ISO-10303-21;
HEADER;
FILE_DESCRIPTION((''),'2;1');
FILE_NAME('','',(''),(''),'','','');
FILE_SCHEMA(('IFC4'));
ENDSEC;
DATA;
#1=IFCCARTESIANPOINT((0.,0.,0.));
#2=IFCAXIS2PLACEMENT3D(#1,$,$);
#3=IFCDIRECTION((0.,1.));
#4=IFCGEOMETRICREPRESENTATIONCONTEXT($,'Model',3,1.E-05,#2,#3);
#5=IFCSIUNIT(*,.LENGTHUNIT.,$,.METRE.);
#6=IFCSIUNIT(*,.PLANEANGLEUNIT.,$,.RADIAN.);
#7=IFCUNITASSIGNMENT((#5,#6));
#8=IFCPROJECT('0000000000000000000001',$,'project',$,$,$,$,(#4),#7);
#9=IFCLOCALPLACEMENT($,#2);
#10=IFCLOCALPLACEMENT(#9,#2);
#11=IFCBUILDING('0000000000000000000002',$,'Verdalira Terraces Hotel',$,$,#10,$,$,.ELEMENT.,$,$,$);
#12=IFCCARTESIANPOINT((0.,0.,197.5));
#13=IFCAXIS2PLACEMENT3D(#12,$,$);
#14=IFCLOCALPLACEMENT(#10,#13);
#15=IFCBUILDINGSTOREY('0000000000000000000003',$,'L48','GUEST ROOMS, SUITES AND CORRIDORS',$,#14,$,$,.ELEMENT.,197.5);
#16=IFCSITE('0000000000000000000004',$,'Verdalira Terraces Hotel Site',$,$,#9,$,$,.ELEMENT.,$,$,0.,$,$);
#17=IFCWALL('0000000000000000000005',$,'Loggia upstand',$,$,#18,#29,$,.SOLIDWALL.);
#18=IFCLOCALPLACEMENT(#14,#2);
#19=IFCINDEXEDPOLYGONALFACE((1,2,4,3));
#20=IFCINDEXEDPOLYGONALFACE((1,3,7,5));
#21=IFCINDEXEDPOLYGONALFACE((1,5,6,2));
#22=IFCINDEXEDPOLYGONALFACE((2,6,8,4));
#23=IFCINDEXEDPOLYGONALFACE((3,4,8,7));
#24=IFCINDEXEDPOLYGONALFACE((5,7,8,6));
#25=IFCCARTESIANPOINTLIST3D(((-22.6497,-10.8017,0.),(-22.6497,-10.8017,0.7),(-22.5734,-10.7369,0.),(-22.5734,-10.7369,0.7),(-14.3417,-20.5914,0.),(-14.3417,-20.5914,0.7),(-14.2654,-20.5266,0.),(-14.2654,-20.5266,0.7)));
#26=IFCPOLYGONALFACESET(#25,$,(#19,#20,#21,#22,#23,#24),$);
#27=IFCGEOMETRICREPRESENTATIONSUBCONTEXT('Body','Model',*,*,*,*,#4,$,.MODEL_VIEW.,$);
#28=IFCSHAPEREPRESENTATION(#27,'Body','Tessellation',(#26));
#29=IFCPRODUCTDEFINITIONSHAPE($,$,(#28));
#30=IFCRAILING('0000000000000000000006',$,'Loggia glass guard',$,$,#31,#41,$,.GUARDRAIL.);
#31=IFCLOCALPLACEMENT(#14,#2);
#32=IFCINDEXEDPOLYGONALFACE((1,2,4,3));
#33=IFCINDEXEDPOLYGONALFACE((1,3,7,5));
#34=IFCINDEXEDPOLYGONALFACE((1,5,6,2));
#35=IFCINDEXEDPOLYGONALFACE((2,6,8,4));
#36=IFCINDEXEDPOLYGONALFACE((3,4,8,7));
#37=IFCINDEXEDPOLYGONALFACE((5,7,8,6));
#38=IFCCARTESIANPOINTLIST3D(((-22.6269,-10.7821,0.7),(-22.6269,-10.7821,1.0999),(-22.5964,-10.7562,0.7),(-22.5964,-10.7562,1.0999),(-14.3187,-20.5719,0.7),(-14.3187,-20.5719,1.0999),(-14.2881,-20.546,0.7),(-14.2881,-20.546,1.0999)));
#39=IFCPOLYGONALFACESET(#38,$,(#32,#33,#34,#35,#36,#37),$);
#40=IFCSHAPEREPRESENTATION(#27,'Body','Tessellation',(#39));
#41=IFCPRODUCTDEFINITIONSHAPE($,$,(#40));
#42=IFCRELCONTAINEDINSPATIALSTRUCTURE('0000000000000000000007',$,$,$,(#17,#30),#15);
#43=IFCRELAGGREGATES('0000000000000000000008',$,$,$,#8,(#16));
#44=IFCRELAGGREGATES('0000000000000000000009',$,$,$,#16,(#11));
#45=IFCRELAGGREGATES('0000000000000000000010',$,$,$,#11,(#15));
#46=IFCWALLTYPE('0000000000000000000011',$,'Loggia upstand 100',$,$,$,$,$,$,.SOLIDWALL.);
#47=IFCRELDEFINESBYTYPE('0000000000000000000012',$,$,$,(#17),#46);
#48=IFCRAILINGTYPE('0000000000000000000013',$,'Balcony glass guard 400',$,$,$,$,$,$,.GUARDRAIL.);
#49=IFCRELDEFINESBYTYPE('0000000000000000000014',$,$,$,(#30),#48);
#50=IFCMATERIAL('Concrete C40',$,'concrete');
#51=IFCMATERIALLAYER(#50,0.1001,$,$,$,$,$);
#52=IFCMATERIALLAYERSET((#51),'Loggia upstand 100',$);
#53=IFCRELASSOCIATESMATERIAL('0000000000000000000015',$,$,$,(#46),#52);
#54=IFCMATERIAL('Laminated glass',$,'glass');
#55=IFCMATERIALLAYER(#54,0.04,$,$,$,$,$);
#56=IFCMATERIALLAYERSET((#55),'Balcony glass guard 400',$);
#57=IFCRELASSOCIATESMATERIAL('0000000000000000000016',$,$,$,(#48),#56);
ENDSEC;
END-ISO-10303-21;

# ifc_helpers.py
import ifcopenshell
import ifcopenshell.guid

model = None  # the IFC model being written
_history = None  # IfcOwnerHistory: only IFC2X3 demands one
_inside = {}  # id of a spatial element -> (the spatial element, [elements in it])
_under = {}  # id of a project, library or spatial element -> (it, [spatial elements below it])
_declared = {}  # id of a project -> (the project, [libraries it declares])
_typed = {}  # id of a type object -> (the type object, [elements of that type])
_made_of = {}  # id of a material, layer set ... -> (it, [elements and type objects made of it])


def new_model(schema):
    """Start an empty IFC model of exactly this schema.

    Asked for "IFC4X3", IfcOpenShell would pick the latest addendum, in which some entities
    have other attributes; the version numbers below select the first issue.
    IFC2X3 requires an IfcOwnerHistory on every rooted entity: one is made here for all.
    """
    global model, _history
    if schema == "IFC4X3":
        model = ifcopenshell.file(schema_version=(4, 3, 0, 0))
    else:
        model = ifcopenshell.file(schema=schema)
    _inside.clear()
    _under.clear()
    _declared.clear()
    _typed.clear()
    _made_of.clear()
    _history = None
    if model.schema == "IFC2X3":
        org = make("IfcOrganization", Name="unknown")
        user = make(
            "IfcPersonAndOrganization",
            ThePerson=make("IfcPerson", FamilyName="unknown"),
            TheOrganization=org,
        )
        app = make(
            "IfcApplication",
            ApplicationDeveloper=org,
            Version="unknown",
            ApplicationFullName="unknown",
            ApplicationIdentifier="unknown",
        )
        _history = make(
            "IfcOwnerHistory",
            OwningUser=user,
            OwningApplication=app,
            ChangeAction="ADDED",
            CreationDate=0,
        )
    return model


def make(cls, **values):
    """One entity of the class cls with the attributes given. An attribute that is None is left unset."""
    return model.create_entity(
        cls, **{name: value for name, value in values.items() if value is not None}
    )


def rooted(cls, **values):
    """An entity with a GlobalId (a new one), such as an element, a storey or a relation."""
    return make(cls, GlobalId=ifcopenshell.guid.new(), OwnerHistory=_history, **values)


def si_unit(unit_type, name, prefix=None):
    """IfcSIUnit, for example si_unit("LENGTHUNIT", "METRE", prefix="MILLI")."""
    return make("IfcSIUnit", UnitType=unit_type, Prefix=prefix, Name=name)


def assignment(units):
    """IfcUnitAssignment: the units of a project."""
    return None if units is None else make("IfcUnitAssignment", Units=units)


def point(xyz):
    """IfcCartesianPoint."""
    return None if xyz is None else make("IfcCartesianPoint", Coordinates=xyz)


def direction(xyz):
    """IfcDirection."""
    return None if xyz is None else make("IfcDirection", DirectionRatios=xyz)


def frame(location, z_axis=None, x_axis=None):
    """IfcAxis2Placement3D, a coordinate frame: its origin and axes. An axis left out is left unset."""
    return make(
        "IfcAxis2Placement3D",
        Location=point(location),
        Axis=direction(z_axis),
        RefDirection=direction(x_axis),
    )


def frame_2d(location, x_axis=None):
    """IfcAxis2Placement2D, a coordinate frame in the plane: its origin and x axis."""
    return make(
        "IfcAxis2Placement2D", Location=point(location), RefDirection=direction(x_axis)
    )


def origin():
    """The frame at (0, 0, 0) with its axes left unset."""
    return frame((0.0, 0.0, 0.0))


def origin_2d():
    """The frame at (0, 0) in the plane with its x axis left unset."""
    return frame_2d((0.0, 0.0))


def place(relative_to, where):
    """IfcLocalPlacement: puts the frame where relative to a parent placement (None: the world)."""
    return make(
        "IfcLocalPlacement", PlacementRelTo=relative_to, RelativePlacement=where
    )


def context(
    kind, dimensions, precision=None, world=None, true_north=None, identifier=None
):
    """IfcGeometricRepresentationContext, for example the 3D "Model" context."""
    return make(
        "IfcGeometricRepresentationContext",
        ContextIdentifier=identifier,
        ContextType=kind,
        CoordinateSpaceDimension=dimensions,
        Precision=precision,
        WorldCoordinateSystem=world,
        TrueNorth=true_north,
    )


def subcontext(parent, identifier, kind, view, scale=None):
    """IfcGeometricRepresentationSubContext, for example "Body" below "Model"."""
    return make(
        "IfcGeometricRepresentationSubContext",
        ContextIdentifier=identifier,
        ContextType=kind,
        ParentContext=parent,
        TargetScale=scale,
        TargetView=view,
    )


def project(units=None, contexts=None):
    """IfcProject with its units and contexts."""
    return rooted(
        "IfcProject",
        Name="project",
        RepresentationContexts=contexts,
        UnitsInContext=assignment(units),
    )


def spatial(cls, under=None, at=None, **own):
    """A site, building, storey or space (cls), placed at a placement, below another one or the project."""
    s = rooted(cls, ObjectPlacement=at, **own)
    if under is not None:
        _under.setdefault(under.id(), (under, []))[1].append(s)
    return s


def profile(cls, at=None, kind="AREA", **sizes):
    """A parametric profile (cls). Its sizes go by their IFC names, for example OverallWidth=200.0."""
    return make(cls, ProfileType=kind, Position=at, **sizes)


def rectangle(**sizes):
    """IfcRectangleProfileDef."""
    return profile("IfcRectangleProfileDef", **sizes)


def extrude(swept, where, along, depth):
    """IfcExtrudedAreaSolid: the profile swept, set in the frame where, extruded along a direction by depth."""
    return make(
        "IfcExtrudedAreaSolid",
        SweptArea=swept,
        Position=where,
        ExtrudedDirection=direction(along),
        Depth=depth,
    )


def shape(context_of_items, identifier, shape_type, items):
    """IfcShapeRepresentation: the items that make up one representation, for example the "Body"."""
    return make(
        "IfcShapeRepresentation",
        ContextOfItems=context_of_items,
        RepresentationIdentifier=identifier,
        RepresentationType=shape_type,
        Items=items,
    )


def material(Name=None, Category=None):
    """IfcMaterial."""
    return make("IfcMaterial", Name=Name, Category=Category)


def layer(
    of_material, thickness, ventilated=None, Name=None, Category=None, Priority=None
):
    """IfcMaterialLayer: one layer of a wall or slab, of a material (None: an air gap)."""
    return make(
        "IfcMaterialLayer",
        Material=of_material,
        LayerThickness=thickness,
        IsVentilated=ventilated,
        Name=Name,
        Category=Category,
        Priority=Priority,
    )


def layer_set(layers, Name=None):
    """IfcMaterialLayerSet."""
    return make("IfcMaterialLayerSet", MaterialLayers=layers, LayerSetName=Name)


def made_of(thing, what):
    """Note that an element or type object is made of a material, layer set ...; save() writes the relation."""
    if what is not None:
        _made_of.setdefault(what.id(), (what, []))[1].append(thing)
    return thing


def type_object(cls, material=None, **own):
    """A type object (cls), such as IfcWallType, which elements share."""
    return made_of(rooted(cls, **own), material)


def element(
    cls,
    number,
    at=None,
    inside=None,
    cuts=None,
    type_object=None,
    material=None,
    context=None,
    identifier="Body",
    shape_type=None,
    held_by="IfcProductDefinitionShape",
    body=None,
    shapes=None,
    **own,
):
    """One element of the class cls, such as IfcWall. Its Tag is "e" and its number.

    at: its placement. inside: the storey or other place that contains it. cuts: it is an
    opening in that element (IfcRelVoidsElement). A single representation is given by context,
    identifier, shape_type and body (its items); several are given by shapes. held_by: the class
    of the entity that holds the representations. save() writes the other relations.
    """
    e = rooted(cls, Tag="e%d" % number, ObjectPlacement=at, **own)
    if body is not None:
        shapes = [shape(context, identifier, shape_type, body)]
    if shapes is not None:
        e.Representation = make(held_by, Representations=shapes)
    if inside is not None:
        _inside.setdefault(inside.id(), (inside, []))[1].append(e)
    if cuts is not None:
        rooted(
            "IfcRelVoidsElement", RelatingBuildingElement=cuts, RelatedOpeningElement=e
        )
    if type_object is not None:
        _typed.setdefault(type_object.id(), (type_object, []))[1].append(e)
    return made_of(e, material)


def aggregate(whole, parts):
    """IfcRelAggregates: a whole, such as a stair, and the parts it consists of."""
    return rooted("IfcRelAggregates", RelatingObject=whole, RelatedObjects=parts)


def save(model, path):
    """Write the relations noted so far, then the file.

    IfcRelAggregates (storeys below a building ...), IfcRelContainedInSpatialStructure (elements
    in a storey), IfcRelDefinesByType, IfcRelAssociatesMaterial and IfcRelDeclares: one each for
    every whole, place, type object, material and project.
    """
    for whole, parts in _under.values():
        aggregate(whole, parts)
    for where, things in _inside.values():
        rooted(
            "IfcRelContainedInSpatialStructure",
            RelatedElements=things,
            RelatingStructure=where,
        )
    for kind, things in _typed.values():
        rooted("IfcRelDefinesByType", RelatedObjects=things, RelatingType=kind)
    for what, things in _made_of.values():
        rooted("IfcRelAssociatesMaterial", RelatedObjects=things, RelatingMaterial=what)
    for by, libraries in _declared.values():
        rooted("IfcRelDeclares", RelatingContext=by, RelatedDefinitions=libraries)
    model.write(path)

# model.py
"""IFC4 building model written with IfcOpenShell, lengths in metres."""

from ifc_helpers import new_model, si_unit, direction, frame, frame_2d, origin, origin_2d, place, context, subcontext, project, spatial, rectangle, extrude, material, layer, layer_set, type_object, element, save


model = new_model("IFC4")

# Units and contexts
model_context = context("Model", 3, precision=1e-05, world=origin(), true_north=direction((0.0, 1.0)))
body_context = subcontext(model_context, "Body", "Model", "MODEL_VIEW")
ifc_project = project(units=[si_unit("LENGTHUNIT", "METRE"), si_unit("PLANEANGLEUNIT", "RADIAN")], contexts=[model_context])

# Site, building, storey
site_placement = place(None, origin())
site = spatial("IfcSite", under=ifc_project, at=site_placement, Name="Verdalira Terraces Hotel Site", CompositionType="ELEMENT", RefElevation=0.0)
building_placement = place(site_placement, origin())
building = spatial("IfcBuilding", under=site, at=building_placement, Name="Verdalira Terraces Hotel", CompositionType="ELEMENT")
storey_placement = place(building_placement, frame((0.0, 0.0, 197.5)))
storey = spatial("IfcBuildingStorey", under=building, at=storey_placement, Name="L48", Description="GUEST ROOMS, SUITES AND CORRIDORS", CompositionType="ELEMENT", Elevation=197.5)

# Wall
ifc_material_1 = material(Name="Concrete C40", Category="concrete")
ifc_layer_1 = layer(ifc_material_1, 0.1001)
ifc_layer_set_1 = layer_set([ifc_layer_1], Name="Loggia upstand 100")
wall_type_1 = type_object("IfcWallType", Name="Loggia upstand 100", PredefinedType="SOLIDWALL", material=ifc_layer_set_1)
wall_1_placement = place(storey_placement, frame((-22.6116, -10.7693, 0.0), z_axis=(0.0, 0.0, 1.0), x_axis=(0.64705, -0.762447, 0.0)))
element("IfcWall", 1, at=wall_1_placement, inside=storey, type_object=wall_type_1, Name="Loggia upstand", PredefinedType="SOLIDWALL", context=body_context, shape_type="SweptSolid", body=[
    extrude(rectangle(XDim=12.8398, YDim=0.1001, at=frame_2d((6.4199, 0.0))), origin(), (0.0, 0.0, 1.0), 0.7),
])

# Railing
ifc_material_2 = material(Name="Laminated glass", Category="glass")
ifc_layer_2 = layer(ifc_material_2, 0.04)
ifc_layer_set_2 = layer_set([ifc_layer_2], Name="Balcony glass guard 400")
railing_type = type_object("IfcRailingType", Name="Balcony glass guard 400", PredefinedType="GUARDRAIL", material=ifc_layer_set_2)
railing_placement = place(storey_placement, frame((-18.4575, -15.6641, 0.7), z_axis=(0.0, 0.0, 1.0), x_axis=(0.647056, -0.762443, 0.0)))
element("IfcRailing", 2, at=railing_placement, inside=storey, type_object=railing_type, Name="Loggia glass guard", PredefinedType="GUARDRAIL", context=body_context, shape_type="SweptSolid", body=[
    extrude(rectangle(XDim=12.8401, YDim=0.04, at=origin_2d()), origin(), (0.0, 0.0, 1.0), 0.3999),
])

save(model, "model.ifc")
